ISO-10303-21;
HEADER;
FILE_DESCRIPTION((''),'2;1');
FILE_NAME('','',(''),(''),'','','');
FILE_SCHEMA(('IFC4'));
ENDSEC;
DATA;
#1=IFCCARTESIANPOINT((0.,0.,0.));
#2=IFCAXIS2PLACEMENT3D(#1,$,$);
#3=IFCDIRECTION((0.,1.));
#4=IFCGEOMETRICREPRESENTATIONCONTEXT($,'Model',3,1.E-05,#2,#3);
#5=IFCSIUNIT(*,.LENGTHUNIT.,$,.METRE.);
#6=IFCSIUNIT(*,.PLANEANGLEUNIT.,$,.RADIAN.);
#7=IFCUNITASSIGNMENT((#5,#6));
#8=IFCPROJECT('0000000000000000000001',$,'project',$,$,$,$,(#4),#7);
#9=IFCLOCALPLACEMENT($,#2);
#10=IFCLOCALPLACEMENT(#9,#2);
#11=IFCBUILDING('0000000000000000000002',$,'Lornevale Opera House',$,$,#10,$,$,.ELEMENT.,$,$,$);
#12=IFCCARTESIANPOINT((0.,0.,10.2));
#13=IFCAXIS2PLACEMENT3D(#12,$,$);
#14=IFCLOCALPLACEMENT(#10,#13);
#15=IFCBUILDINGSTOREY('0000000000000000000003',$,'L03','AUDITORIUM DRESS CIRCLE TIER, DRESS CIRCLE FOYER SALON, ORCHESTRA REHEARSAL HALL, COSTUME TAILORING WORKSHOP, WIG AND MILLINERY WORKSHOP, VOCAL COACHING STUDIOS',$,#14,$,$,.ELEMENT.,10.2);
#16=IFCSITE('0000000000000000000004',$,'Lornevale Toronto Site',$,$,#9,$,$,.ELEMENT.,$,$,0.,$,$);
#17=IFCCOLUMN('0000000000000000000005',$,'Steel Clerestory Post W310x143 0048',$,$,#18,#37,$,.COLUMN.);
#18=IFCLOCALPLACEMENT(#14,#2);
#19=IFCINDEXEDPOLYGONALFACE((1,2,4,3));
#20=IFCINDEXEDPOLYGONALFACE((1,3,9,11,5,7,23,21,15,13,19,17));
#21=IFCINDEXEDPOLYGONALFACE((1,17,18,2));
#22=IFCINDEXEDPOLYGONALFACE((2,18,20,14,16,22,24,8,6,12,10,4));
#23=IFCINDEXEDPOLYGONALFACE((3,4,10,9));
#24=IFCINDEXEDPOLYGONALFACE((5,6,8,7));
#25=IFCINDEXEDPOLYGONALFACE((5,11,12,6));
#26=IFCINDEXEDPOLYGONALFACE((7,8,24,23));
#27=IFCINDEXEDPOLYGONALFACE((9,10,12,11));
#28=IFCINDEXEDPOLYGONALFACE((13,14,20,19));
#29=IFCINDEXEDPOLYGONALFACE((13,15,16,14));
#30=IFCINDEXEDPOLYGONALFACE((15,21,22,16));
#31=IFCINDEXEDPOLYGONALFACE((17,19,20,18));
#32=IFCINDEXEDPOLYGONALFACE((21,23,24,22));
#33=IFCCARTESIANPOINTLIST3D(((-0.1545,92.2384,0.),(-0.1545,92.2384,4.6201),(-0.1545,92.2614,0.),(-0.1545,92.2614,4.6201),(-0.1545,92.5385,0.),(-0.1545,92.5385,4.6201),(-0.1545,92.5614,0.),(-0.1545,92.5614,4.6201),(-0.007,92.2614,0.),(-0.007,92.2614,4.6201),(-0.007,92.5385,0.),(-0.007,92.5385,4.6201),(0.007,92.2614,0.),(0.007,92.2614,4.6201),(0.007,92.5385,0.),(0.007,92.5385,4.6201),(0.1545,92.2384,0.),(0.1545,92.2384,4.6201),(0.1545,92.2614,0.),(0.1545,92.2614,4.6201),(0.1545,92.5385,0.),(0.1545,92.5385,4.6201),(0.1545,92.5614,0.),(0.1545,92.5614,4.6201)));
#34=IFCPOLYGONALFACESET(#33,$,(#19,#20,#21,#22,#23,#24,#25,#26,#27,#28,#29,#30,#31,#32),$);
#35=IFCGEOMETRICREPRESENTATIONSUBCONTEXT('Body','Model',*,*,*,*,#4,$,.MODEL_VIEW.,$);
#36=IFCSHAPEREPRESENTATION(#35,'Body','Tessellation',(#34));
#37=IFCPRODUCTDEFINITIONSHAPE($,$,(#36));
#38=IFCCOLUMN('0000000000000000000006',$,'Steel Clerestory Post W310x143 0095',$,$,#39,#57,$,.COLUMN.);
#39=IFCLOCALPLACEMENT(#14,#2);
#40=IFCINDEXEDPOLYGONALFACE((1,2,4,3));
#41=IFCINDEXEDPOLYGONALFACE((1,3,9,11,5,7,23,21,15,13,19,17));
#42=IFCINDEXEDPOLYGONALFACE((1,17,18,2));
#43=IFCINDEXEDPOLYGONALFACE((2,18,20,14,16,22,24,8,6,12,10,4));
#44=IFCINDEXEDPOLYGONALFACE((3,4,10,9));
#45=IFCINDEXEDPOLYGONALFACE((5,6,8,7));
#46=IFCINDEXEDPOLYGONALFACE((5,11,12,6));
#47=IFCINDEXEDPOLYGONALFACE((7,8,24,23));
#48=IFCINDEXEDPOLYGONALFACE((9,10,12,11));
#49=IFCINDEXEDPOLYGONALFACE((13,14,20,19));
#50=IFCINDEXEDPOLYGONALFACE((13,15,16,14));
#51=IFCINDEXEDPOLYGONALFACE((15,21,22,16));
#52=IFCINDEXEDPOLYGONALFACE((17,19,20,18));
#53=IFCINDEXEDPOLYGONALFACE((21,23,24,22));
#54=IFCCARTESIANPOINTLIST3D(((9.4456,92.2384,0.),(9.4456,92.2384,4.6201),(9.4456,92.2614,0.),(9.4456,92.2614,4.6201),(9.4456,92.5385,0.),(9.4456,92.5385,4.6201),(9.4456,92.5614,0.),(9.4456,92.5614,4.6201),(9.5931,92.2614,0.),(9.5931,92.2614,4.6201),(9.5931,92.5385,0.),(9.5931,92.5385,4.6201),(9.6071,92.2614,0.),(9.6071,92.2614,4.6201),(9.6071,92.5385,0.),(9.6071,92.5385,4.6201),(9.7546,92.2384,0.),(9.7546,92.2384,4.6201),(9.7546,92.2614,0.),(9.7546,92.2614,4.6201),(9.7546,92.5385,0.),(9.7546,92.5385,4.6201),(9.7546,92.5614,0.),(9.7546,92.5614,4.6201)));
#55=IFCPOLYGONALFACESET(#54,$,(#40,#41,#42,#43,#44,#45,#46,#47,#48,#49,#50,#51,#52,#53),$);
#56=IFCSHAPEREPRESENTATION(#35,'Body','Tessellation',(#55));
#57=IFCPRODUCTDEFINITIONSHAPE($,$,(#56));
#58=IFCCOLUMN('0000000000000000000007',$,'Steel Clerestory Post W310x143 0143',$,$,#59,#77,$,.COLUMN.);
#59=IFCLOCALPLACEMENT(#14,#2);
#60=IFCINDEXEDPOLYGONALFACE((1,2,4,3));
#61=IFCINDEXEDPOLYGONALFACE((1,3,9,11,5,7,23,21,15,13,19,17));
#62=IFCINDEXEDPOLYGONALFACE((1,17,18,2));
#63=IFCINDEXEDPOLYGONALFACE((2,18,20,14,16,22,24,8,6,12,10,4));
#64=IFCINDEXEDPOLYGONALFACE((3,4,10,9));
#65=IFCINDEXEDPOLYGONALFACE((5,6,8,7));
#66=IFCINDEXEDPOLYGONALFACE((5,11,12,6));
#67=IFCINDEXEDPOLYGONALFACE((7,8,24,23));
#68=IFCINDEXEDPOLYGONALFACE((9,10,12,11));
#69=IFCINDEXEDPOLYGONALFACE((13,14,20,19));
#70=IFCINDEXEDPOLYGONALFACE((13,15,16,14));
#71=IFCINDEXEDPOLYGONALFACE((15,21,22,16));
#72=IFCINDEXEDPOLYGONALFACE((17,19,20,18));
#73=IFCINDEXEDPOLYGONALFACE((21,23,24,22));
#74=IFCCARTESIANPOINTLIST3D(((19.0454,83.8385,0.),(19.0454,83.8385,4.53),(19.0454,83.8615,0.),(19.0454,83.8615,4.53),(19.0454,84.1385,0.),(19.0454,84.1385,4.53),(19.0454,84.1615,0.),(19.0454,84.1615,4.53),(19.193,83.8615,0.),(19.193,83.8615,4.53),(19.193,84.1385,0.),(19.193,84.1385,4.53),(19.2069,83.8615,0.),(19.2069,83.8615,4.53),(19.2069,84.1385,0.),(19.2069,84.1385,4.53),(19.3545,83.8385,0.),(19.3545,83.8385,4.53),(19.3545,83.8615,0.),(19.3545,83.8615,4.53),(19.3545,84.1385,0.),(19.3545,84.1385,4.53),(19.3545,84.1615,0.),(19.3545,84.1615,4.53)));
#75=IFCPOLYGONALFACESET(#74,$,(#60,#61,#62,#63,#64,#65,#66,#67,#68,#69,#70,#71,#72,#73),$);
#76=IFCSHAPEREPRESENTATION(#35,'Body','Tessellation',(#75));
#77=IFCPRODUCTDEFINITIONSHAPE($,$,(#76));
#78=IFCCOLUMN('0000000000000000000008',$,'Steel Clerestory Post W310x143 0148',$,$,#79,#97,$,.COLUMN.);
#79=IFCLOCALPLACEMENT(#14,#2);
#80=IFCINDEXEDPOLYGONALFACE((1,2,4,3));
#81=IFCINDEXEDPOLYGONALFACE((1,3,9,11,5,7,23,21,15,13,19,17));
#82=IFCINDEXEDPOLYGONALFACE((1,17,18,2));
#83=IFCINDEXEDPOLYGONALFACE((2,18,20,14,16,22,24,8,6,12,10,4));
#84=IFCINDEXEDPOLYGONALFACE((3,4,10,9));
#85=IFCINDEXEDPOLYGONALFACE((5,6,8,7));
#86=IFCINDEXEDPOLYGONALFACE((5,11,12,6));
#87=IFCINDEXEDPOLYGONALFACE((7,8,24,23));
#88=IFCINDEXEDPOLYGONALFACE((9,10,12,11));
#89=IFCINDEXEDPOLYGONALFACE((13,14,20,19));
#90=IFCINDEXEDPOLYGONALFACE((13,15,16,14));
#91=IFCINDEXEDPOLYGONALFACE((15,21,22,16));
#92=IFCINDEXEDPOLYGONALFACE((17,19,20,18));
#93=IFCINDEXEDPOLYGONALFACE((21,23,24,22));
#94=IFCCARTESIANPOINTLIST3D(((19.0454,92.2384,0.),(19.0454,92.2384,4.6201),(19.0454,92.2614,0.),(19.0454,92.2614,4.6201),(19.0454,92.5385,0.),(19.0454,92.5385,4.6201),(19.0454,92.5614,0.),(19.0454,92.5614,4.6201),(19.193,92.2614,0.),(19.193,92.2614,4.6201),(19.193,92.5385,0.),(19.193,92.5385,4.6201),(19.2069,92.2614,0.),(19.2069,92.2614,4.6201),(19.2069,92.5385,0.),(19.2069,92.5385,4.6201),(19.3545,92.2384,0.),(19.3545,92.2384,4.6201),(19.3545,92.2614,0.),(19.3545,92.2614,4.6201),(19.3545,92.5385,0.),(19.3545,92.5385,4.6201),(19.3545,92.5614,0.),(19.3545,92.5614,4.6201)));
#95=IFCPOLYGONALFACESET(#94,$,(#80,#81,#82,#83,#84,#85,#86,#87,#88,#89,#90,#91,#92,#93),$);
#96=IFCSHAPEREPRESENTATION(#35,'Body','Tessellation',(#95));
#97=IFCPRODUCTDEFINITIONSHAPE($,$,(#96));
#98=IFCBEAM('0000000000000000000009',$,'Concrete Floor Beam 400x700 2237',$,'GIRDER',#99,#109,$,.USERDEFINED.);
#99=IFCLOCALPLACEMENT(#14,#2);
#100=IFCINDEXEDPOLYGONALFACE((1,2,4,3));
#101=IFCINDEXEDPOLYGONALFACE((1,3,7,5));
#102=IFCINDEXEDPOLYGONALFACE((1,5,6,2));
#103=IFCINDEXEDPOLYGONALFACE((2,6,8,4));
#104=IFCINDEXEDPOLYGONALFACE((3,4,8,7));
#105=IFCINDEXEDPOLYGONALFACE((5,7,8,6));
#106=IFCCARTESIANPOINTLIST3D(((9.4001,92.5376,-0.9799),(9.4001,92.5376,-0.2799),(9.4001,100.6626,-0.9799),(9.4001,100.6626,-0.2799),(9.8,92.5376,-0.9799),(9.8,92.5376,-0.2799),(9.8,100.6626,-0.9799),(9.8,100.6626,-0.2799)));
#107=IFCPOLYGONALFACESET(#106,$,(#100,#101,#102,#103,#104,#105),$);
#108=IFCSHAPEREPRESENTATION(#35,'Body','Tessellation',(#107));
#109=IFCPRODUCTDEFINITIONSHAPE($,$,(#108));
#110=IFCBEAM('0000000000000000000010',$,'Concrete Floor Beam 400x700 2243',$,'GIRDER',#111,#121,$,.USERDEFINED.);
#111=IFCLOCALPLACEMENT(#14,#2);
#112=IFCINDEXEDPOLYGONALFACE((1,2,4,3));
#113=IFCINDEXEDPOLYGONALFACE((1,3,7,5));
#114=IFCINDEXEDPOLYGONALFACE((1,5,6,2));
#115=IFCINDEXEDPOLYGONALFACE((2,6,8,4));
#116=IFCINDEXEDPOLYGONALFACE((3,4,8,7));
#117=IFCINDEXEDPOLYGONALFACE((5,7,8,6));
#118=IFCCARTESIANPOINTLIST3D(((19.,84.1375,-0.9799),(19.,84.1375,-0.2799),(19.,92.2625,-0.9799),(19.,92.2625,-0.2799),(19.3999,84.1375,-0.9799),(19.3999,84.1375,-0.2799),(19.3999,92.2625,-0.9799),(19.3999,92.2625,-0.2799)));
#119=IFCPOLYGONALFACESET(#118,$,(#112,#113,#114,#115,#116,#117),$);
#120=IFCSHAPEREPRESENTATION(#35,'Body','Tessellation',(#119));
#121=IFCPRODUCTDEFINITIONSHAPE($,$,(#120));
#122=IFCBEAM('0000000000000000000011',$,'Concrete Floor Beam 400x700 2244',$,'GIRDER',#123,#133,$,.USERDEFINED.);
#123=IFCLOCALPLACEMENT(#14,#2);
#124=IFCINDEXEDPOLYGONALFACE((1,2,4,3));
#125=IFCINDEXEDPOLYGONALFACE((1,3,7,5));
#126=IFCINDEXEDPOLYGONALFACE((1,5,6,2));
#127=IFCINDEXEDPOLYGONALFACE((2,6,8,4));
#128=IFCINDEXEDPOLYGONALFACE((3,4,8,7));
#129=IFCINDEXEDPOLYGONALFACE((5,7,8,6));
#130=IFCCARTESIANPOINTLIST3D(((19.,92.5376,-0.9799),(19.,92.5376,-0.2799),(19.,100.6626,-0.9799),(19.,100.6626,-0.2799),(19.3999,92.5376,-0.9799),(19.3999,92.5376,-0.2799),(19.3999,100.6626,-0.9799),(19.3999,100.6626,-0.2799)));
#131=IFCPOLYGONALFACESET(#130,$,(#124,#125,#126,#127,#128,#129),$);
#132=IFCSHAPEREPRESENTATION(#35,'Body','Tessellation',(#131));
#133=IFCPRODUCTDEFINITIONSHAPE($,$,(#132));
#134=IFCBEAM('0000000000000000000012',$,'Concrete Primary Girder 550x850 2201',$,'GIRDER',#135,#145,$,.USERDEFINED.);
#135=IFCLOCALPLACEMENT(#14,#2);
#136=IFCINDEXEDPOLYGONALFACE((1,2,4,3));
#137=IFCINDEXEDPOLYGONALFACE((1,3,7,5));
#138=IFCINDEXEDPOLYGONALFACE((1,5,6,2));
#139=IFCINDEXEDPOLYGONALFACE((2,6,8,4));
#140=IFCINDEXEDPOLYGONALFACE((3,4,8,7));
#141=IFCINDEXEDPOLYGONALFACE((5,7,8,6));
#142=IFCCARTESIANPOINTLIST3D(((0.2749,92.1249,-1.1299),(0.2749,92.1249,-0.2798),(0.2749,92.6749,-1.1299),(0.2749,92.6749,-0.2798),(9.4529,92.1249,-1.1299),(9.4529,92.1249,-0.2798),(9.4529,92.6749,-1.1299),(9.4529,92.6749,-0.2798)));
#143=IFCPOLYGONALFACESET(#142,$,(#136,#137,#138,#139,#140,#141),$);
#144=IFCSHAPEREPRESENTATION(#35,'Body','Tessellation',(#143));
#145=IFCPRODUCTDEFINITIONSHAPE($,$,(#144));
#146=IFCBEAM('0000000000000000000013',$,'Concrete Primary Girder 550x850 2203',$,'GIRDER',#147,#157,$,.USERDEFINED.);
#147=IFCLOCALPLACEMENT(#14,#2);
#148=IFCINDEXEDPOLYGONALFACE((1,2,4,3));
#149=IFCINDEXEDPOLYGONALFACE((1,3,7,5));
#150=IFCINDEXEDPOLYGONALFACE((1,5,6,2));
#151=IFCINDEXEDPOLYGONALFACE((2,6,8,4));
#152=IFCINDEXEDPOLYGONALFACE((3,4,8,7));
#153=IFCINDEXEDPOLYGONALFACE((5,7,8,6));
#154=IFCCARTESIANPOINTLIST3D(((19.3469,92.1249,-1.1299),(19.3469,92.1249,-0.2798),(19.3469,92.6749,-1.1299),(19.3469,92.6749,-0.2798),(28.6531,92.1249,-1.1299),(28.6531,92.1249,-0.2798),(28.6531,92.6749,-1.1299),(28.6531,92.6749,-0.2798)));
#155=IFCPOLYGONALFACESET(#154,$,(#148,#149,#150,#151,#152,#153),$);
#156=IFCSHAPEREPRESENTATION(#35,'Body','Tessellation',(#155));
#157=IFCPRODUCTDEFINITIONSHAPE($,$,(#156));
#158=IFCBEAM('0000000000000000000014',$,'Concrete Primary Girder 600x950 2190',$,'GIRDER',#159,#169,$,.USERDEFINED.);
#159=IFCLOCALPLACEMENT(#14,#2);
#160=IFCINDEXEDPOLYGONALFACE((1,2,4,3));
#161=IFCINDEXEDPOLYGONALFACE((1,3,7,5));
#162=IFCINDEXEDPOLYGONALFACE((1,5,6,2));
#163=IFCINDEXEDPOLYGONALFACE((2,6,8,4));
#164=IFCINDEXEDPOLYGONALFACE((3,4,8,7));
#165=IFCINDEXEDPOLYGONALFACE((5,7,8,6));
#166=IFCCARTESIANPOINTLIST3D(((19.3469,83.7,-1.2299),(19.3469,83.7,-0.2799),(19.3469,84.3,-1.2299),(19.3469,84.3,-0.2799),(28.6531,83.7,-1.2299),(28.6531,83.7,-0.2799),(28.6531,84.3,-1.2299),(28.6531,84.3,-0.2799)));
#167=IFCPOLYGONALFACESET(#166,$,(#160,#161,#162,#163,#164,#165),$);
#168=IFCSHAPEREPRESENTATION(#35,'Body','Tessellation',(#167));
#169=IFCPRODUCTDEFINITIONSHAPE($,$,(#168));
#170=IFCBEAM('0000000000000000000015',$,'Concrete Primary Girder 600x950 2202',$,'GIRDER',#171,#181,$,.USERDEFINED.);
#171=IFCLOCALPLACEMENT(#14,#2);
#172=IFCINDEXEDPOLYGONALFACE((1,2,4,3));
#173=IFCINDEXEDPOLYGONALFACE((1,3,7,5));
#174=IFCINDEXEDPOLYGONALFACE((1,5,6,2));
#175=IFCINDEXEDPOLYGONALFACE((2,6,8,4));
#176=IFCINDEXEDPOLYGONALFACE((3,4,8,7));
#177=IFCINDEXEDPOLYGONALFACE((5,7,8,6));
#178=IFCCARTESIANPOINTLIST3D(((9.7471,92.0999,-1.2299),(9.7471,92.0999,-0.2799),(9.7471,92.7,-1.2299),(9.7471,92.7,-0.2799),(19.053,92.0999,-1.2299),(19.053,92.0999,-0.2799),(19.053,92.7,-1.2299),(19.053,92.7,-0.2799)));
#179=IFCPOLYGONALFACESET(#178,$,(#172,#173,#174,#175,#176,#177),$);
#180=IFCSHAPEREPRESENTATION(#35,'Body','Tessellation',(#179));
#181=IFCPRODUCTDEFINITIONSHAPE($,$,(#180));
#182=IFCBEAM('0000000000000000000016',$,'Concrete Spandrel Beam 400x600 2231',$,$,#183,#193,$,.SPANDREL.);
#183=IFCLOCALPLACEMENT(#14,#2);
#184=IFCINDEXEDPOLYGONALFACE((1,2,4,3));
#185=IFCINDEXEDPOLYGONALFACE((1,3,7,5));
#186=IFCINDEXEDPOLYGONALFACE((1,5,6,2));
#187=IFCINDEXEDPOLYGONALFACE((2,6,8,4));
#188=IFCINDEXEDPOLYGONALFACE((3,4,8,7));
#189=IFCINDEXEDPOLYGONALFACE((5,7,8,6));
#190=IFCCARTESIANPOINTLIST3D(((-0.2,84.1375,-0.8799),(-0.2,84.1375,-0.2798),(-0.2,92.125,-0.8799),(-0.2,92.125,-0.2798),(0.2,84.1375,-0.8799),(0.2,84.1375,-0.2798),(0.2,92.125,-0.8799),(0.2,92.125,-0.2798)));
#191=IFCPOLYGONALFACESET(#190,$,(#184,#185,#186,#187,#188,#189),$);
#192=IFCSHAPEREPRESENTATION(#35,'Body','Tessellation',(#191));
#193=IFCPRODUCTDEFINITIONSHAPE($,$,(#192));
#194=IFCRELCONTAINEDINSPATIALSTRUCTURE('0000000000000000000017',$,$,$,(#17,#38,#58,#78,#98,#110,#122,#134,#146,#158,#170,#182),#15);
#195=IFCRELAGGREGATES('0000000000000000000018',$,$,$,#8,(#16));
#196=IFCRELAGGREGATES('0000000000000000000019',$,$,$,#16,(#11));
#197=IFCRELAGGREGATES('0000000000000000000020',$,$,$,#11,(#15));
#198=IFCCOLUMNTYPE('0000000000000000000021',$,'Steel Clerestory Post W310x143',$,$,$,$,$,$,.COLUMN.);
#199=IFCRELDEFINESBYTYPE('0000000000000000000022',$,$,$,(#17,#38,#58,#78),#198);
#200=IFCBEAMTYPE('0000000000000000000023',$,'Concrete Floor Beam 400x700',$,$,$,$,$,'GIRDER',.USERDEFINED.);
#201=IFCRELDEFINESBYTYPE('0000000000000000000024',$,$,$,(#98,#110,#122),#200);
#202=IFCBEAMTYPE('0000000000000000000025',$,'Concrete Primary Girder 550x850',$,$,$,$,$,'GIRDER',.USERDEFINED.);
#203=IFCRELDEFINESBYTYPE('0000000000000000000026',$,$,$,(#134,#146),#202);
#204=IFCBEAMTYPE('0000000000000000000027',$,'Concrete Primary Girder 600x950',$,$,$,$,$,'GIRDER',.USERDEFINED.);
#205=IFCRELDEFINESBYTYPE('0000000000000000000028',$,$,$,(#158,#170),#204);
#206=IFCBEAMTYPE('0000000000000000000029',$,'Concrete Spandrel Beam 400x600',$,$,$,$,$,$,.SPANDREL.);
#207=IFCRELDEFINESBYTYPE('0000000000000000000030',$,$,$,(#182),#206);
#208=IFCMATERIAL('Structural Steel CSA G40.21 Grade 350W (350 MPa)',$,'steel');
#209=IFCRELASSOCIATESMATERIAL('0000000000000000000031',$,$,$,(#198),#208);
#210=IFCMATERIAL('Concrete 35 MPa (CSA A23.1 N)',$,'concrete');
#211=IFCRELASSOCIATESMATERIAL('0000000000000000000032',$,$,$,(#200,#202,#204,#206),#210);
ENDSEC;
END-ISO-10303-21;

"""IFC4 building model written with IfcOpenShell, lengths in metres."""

from ifc_helpers import new_model, si_unit, direction, frame, origin, origin_2d, place, context, subcontext, project, spatial, rectangle, i_section, extrude, material, material_profile, profile_set, type_object, element, save


model = new_model("IFC4")

# Units and contexts
model_context = context("Model", 3, precision=1e-05, world=origin(), true_north=direction((0.0, 1.0)))
body_context = subcontext(model_context, "Body", "Model", "MODEL_VIEW")
ifc_project = project(units=[si_unit("LENGTHUNIT", "METRE"), si_unit("PLANEANGLEUNIT", "RADIAN")], contexts=[model_context])

# Site, building, storey
site_placement = place(None, origin())
site = spatial("IfcSite", under=ifc_project, at=site_placement, Name="Lornevale Toronto Site", CompositionType="ELEMENT", RefElevation=0.0)
building_placement = place(site_placement, origin())
building = spatial("IfcBuilding", under=site, at=building_placement, Name="Lornevale Opera House", CompositionType="ELEMENT")
storey_placement = place(building_placement, frame((0.0, 0.0, 10.2)))
storey = spatial("IfcBuildingStorey", under=building, at=storey_placement, Name="L03", Description="AUDITORIUM DRESS CIRCLE TIER, DRESS CIRCLE FOYER SALON, ORCHESTRA REHEARSAL HALL, COSTUME TAILORING WORKSHOP, WIG AND MILLINERY WORKSHOP, VOCAL COACHING STUDIOS", CompositionType="ELEMENT", Elevation=10.2)

# Columns
ifc_material_1 = material(Name="Structural Steel CSA G40.21 Grade 350W (350 MPa)", Category="steel")
ifc_material_profile_1 = material_profile(ifc_material_1, i_section(OverallWidth=0.3091, OverallDepth=0.323, WebThickness=0.0139, FlangeThickness=0.0229, at=origin_2d()), Name="W310x143")
ifc_profile_set_1 = profile_set([ifc_material_profile_1], Name="Structural Steel CSA G40.21 Grade 350W (350 MPa)")
column_type = type_object("IfcColumnType", Name="Steel Clerestory Post W310x143", PredefinedType="COLUMN", material=ifc_profile_set_1)
for number, where, z_axis, x_axis, name in (
    (1, (0.0, 92.3999, 0.0), (0.0, 0.0, 1.0), (1.0, 0.0, 0.0), "Steel Clerestory Post W310x143 0048"),
    (2, (9.6001, 92.3999, 0.0), (0.0, 0.0, 1.0), (1.0, 0.0, 0.0), "Steel Clerestory Post W310x143 0095"),
):
    element("IfcColumn", number, at=place(storey_placement, frame(where, z_axis=z_axis, x_axis=x_axis)), inside=storey, type_object=column_type, Name=name, PredefinedType="COLUMN", context=body_context, shape_type="SweptSolid", body=[
        extrude(i_section(OverallWidth=0.3091, OverallDepth=0.323, WebThickness=0.0139, FlangeThickness=0.0229, at=origin_2d()), origin(), (0.0, 0.0, 1.0), 4.6201),
    ])
column_1_placement = place(storey_placement, frame((19.2, 84.0, 0.0), z_axis=(0.0, 0.0, 1.0), x_axis=(1.0, 0.0, 0.0)))
element("IfcColumn", 3, at=column_1_placement, inside=storey, type_object=column_type, Name="Steel Clerestory Post W310x143 0143", PredefinedType="COLUMN", context=body_context, shape_type="SweptSolid", body=[
    extrude(i_section(OverallWidth=0.3091, OverallDepth=0.323, WebThickness=0.0139, FlangeThickness=0.0229, at=origin_2d()), origin(), (0.0, 0.0, 1.0), 4.53),
])
column_2_placement = place(storey_placement, frame((19.2, 92.3999, 0.0), z_axis=(0.0, 0.0, 1.0), x_axis=(1.0, 0.0, 0.0)))
element("IfcColumn", 4, at=column_2_placement, inside=storey, type_object=column_type, Name="Steel Clerestory Post W310x143 0148", PredefinedType="COLUMN", context=body_context, shape_type="SweptSolid", body=[
    extrude(i_section(OverallWidth=0.3091, OverallDepth=0.323, WebThickness=0.0139, FlangeThickness=0.0229, at=origin_2d()), origin(), (0.0, 0.0, 1.0), 4.6201),
])

# Beams
ifc_material_2 = material(Name="Concrete 35 MPa (CSA A23.1 N)", Category="concrete")
ifc_material_profile_2 = material_profile(ifc_material_2, rectangle(XDim=0.3999, YDim=0.7, at=origin_2d()), Name="RC400x700")
ifc_profile_set_2 = profile_set([ifc_material_profile_2], Name="Concrete 35 MPa (CSA A23.1 N)")
beam_type_1 = type_object("IfcBeamType", Name="Concrete Floor Beam 400x700", ElementType="GIRDER", PredefinedType="USERDEFINED", material=ifc_profile_set_2)
for number, where, z_axis, x_axis, name in (
    (5, (9.6001, 92.5376, -0.6299), (0.0, 1.0, 0.0), (-1.0, 0.0, 0.0), "Concrete Floor Beam 400x700 2237"),
    (6, (19.2, 84.1375, -0.6299), (0.0, 1.0, 0.0), (-1.0, 0.0, 0.0), "Concrete Floor Beam 400x700 2243"),
    (7, (19.2, 92.5376, -0.6299), (0.0, 1.0, 0.0), (-1.0, 0.0, 0.0), "Concrete Floor Beam 400x700 2244"),
):
    element("IfcBeam", number, at=place(storey_placement, frame(where, z_axis=z_axis, x_axis=x_axis)), inside=storey, type_object=beam_type_1, Name=name, ObjectType="GIRDER", PredefinedType="USERDEFINED", context=body_context, shape_type="SweptSolid", body=[
        extrude(rectangle(XDim=0.3999, YDim=0.7, at=origin_2d()), origin(), (0.0, 0.0, 1.0), 8.125),
    ])
ifc_material_profile_3 = material_profile(ifc_material_2, rectangle(XDim=0.55, YDim=0.8501, at=origin_2d()), Name="RC550x850")
ifc_profile_set_3 = profile_set([ifc_material_profile_3], Name="Concrete 35 MPa (CSA A23.1 N)")
beam_type_2 = type_object("IfcBeamType", Name="Concrete Primary Girder 550x850", ElementType="GIRDER", PredefinedType="USERDEFINED", material=ifc_profile_set_3)
beam_1_placement = place(storey_placement, frame((0.2749, 92.3999, -0.7048), z_axis=(1.0, 0.0, 0.0), x_axis=(0.0, 1.0, 0.0)))
element("IfcBeam", 8, at=beam_1_placement, inside=storey, type_object=beam_type_2, Name="Concrete Primary Girder 550x850 2201", ObjectType="GIRDER", PredefinedType="USERDEFINED", context=body_context, shape_type="SweptSolid", body=[
    extrude(rectangle(XDim=0.55, YDim=0.8501, at=origin_2d()), origin(), (0.0, 0.0, 1.0), 9.178),
])
beam_2_placement = place(storey_placement, frame((19.3469, 92.3999, -0.7048), z_axis=(1.0, 0.0, 0.0), x_axis=(0.0, 1.0, 0.0)))
element("IfcBeam", 9, at=beam_2_placement, inside=storey, type_object=beam_type_2, Name="Concrete Primary Girder 550x850 2203", ObjectType="GIRDER", PredefinedType="USERDEFINED", context=body_context, shape_type="SweptSolid", body=[
    extrude(rectangle(XDim=0.55, YDim=0.8501, at=origin_2d()), origin(), (0.0, 0.0, 1.0), 9.3062),
])
ifc_material_profile_4 = material_profile(ifc_material_2, rectangle(XDim=0.6001, YDim=0.95, at=origin_2d()), Name="RC600x950")
ifc_profile_set_4 = profile_set([ifc_material_profile_4], Name="Concrete 35 MPa (CSA A23.1 N)")
beam_type_3 = type_object("IfcBeamType", Name="Concrete Primary Girder 600x950", ElementType="GIRDER", PredefinedType="USERDEFINED", material=ifc_profile_set_4)
beam_3_placement = place(storey_placement, frame((19.3469, 84.0, -0.7549), z_axis=(1.0, 0.0, 0.0), x_axis=(0.0, 1.0, 0.0)))
element("IfcBeam", 10, at=beam_3_placement, inside=storey, type_object=beam_type_3, Name="Concrete Primary Girder 600x950 2190", ObjectType="GIRDER", PredefinedType="USERDEFINED", context=body_context, shape_type="SweptSolid", body=[
    extrude(rectangle(XDim=0.6001, YDim=0.95, at=origin_2d()), origin(), (0.0, 0.0, 1.0), 9.3062),
])
beam_4_placement = place(storey_placement, frame((9.7471, 92.3999, -0.7549), z_axis=(1.0, 0.0, 0.0), x_axis=(0.0, 1.0, 0.0)))
element("IfcBeam", 11, at=beam_4_placement, inside=storey, type_object=beam_type_3, Name="Concrete Primary Girder 600x950 2202", ObjectType="GIRDER", PredefinedType="USERDEFINED", context=body_context, shape_type="SweptSolid", body=[
    extrude(rectangle(XDim=0.6001, YDim=0.95, at=origin_2d()), origin(), (0.0, 0.0, 1.0), 9.3059),
])
ifc_material_profile_5 = material_profile(ifc_material_2, rectangle(XDim=0.3999, YDim=0.6001, at=origin_2d()), Name="RC400x600")
ifc_profile_set_5 = profile_set([ifc_material_profile_5], Name="Concrete 35 MPa (CSA A23.1 N)")
beam_type_4 = type_object("IfcBeamType", Name="Concrete Spandrel Beam 400x600", PredefinedType="SPANDREL", material=ifc_profile_set_5)
beam_5_placement = place(storey_placement, frame((0.0, 84.1375, -0.5798), z_axis=(0.0, 1.0, 0.0), x_axis=(-1.0, 0.0, 0.0)))
element("IfcBeam", 12, at=beam_5_placement, inside=storey, type_object=beam_type_4, Name="Concrete Spandrel Beam 400x600 2231", PredefinedType="SPANDREL", context=body_context, shape_type="SweptSolid", body=[
    extrude(rectangle(XDim=0.3999, YDim=0.6001, at=origin_2d()), origin(), (0.0, 0.0, 1.0), 7.9875),
])

save(model, "model.ifc")
